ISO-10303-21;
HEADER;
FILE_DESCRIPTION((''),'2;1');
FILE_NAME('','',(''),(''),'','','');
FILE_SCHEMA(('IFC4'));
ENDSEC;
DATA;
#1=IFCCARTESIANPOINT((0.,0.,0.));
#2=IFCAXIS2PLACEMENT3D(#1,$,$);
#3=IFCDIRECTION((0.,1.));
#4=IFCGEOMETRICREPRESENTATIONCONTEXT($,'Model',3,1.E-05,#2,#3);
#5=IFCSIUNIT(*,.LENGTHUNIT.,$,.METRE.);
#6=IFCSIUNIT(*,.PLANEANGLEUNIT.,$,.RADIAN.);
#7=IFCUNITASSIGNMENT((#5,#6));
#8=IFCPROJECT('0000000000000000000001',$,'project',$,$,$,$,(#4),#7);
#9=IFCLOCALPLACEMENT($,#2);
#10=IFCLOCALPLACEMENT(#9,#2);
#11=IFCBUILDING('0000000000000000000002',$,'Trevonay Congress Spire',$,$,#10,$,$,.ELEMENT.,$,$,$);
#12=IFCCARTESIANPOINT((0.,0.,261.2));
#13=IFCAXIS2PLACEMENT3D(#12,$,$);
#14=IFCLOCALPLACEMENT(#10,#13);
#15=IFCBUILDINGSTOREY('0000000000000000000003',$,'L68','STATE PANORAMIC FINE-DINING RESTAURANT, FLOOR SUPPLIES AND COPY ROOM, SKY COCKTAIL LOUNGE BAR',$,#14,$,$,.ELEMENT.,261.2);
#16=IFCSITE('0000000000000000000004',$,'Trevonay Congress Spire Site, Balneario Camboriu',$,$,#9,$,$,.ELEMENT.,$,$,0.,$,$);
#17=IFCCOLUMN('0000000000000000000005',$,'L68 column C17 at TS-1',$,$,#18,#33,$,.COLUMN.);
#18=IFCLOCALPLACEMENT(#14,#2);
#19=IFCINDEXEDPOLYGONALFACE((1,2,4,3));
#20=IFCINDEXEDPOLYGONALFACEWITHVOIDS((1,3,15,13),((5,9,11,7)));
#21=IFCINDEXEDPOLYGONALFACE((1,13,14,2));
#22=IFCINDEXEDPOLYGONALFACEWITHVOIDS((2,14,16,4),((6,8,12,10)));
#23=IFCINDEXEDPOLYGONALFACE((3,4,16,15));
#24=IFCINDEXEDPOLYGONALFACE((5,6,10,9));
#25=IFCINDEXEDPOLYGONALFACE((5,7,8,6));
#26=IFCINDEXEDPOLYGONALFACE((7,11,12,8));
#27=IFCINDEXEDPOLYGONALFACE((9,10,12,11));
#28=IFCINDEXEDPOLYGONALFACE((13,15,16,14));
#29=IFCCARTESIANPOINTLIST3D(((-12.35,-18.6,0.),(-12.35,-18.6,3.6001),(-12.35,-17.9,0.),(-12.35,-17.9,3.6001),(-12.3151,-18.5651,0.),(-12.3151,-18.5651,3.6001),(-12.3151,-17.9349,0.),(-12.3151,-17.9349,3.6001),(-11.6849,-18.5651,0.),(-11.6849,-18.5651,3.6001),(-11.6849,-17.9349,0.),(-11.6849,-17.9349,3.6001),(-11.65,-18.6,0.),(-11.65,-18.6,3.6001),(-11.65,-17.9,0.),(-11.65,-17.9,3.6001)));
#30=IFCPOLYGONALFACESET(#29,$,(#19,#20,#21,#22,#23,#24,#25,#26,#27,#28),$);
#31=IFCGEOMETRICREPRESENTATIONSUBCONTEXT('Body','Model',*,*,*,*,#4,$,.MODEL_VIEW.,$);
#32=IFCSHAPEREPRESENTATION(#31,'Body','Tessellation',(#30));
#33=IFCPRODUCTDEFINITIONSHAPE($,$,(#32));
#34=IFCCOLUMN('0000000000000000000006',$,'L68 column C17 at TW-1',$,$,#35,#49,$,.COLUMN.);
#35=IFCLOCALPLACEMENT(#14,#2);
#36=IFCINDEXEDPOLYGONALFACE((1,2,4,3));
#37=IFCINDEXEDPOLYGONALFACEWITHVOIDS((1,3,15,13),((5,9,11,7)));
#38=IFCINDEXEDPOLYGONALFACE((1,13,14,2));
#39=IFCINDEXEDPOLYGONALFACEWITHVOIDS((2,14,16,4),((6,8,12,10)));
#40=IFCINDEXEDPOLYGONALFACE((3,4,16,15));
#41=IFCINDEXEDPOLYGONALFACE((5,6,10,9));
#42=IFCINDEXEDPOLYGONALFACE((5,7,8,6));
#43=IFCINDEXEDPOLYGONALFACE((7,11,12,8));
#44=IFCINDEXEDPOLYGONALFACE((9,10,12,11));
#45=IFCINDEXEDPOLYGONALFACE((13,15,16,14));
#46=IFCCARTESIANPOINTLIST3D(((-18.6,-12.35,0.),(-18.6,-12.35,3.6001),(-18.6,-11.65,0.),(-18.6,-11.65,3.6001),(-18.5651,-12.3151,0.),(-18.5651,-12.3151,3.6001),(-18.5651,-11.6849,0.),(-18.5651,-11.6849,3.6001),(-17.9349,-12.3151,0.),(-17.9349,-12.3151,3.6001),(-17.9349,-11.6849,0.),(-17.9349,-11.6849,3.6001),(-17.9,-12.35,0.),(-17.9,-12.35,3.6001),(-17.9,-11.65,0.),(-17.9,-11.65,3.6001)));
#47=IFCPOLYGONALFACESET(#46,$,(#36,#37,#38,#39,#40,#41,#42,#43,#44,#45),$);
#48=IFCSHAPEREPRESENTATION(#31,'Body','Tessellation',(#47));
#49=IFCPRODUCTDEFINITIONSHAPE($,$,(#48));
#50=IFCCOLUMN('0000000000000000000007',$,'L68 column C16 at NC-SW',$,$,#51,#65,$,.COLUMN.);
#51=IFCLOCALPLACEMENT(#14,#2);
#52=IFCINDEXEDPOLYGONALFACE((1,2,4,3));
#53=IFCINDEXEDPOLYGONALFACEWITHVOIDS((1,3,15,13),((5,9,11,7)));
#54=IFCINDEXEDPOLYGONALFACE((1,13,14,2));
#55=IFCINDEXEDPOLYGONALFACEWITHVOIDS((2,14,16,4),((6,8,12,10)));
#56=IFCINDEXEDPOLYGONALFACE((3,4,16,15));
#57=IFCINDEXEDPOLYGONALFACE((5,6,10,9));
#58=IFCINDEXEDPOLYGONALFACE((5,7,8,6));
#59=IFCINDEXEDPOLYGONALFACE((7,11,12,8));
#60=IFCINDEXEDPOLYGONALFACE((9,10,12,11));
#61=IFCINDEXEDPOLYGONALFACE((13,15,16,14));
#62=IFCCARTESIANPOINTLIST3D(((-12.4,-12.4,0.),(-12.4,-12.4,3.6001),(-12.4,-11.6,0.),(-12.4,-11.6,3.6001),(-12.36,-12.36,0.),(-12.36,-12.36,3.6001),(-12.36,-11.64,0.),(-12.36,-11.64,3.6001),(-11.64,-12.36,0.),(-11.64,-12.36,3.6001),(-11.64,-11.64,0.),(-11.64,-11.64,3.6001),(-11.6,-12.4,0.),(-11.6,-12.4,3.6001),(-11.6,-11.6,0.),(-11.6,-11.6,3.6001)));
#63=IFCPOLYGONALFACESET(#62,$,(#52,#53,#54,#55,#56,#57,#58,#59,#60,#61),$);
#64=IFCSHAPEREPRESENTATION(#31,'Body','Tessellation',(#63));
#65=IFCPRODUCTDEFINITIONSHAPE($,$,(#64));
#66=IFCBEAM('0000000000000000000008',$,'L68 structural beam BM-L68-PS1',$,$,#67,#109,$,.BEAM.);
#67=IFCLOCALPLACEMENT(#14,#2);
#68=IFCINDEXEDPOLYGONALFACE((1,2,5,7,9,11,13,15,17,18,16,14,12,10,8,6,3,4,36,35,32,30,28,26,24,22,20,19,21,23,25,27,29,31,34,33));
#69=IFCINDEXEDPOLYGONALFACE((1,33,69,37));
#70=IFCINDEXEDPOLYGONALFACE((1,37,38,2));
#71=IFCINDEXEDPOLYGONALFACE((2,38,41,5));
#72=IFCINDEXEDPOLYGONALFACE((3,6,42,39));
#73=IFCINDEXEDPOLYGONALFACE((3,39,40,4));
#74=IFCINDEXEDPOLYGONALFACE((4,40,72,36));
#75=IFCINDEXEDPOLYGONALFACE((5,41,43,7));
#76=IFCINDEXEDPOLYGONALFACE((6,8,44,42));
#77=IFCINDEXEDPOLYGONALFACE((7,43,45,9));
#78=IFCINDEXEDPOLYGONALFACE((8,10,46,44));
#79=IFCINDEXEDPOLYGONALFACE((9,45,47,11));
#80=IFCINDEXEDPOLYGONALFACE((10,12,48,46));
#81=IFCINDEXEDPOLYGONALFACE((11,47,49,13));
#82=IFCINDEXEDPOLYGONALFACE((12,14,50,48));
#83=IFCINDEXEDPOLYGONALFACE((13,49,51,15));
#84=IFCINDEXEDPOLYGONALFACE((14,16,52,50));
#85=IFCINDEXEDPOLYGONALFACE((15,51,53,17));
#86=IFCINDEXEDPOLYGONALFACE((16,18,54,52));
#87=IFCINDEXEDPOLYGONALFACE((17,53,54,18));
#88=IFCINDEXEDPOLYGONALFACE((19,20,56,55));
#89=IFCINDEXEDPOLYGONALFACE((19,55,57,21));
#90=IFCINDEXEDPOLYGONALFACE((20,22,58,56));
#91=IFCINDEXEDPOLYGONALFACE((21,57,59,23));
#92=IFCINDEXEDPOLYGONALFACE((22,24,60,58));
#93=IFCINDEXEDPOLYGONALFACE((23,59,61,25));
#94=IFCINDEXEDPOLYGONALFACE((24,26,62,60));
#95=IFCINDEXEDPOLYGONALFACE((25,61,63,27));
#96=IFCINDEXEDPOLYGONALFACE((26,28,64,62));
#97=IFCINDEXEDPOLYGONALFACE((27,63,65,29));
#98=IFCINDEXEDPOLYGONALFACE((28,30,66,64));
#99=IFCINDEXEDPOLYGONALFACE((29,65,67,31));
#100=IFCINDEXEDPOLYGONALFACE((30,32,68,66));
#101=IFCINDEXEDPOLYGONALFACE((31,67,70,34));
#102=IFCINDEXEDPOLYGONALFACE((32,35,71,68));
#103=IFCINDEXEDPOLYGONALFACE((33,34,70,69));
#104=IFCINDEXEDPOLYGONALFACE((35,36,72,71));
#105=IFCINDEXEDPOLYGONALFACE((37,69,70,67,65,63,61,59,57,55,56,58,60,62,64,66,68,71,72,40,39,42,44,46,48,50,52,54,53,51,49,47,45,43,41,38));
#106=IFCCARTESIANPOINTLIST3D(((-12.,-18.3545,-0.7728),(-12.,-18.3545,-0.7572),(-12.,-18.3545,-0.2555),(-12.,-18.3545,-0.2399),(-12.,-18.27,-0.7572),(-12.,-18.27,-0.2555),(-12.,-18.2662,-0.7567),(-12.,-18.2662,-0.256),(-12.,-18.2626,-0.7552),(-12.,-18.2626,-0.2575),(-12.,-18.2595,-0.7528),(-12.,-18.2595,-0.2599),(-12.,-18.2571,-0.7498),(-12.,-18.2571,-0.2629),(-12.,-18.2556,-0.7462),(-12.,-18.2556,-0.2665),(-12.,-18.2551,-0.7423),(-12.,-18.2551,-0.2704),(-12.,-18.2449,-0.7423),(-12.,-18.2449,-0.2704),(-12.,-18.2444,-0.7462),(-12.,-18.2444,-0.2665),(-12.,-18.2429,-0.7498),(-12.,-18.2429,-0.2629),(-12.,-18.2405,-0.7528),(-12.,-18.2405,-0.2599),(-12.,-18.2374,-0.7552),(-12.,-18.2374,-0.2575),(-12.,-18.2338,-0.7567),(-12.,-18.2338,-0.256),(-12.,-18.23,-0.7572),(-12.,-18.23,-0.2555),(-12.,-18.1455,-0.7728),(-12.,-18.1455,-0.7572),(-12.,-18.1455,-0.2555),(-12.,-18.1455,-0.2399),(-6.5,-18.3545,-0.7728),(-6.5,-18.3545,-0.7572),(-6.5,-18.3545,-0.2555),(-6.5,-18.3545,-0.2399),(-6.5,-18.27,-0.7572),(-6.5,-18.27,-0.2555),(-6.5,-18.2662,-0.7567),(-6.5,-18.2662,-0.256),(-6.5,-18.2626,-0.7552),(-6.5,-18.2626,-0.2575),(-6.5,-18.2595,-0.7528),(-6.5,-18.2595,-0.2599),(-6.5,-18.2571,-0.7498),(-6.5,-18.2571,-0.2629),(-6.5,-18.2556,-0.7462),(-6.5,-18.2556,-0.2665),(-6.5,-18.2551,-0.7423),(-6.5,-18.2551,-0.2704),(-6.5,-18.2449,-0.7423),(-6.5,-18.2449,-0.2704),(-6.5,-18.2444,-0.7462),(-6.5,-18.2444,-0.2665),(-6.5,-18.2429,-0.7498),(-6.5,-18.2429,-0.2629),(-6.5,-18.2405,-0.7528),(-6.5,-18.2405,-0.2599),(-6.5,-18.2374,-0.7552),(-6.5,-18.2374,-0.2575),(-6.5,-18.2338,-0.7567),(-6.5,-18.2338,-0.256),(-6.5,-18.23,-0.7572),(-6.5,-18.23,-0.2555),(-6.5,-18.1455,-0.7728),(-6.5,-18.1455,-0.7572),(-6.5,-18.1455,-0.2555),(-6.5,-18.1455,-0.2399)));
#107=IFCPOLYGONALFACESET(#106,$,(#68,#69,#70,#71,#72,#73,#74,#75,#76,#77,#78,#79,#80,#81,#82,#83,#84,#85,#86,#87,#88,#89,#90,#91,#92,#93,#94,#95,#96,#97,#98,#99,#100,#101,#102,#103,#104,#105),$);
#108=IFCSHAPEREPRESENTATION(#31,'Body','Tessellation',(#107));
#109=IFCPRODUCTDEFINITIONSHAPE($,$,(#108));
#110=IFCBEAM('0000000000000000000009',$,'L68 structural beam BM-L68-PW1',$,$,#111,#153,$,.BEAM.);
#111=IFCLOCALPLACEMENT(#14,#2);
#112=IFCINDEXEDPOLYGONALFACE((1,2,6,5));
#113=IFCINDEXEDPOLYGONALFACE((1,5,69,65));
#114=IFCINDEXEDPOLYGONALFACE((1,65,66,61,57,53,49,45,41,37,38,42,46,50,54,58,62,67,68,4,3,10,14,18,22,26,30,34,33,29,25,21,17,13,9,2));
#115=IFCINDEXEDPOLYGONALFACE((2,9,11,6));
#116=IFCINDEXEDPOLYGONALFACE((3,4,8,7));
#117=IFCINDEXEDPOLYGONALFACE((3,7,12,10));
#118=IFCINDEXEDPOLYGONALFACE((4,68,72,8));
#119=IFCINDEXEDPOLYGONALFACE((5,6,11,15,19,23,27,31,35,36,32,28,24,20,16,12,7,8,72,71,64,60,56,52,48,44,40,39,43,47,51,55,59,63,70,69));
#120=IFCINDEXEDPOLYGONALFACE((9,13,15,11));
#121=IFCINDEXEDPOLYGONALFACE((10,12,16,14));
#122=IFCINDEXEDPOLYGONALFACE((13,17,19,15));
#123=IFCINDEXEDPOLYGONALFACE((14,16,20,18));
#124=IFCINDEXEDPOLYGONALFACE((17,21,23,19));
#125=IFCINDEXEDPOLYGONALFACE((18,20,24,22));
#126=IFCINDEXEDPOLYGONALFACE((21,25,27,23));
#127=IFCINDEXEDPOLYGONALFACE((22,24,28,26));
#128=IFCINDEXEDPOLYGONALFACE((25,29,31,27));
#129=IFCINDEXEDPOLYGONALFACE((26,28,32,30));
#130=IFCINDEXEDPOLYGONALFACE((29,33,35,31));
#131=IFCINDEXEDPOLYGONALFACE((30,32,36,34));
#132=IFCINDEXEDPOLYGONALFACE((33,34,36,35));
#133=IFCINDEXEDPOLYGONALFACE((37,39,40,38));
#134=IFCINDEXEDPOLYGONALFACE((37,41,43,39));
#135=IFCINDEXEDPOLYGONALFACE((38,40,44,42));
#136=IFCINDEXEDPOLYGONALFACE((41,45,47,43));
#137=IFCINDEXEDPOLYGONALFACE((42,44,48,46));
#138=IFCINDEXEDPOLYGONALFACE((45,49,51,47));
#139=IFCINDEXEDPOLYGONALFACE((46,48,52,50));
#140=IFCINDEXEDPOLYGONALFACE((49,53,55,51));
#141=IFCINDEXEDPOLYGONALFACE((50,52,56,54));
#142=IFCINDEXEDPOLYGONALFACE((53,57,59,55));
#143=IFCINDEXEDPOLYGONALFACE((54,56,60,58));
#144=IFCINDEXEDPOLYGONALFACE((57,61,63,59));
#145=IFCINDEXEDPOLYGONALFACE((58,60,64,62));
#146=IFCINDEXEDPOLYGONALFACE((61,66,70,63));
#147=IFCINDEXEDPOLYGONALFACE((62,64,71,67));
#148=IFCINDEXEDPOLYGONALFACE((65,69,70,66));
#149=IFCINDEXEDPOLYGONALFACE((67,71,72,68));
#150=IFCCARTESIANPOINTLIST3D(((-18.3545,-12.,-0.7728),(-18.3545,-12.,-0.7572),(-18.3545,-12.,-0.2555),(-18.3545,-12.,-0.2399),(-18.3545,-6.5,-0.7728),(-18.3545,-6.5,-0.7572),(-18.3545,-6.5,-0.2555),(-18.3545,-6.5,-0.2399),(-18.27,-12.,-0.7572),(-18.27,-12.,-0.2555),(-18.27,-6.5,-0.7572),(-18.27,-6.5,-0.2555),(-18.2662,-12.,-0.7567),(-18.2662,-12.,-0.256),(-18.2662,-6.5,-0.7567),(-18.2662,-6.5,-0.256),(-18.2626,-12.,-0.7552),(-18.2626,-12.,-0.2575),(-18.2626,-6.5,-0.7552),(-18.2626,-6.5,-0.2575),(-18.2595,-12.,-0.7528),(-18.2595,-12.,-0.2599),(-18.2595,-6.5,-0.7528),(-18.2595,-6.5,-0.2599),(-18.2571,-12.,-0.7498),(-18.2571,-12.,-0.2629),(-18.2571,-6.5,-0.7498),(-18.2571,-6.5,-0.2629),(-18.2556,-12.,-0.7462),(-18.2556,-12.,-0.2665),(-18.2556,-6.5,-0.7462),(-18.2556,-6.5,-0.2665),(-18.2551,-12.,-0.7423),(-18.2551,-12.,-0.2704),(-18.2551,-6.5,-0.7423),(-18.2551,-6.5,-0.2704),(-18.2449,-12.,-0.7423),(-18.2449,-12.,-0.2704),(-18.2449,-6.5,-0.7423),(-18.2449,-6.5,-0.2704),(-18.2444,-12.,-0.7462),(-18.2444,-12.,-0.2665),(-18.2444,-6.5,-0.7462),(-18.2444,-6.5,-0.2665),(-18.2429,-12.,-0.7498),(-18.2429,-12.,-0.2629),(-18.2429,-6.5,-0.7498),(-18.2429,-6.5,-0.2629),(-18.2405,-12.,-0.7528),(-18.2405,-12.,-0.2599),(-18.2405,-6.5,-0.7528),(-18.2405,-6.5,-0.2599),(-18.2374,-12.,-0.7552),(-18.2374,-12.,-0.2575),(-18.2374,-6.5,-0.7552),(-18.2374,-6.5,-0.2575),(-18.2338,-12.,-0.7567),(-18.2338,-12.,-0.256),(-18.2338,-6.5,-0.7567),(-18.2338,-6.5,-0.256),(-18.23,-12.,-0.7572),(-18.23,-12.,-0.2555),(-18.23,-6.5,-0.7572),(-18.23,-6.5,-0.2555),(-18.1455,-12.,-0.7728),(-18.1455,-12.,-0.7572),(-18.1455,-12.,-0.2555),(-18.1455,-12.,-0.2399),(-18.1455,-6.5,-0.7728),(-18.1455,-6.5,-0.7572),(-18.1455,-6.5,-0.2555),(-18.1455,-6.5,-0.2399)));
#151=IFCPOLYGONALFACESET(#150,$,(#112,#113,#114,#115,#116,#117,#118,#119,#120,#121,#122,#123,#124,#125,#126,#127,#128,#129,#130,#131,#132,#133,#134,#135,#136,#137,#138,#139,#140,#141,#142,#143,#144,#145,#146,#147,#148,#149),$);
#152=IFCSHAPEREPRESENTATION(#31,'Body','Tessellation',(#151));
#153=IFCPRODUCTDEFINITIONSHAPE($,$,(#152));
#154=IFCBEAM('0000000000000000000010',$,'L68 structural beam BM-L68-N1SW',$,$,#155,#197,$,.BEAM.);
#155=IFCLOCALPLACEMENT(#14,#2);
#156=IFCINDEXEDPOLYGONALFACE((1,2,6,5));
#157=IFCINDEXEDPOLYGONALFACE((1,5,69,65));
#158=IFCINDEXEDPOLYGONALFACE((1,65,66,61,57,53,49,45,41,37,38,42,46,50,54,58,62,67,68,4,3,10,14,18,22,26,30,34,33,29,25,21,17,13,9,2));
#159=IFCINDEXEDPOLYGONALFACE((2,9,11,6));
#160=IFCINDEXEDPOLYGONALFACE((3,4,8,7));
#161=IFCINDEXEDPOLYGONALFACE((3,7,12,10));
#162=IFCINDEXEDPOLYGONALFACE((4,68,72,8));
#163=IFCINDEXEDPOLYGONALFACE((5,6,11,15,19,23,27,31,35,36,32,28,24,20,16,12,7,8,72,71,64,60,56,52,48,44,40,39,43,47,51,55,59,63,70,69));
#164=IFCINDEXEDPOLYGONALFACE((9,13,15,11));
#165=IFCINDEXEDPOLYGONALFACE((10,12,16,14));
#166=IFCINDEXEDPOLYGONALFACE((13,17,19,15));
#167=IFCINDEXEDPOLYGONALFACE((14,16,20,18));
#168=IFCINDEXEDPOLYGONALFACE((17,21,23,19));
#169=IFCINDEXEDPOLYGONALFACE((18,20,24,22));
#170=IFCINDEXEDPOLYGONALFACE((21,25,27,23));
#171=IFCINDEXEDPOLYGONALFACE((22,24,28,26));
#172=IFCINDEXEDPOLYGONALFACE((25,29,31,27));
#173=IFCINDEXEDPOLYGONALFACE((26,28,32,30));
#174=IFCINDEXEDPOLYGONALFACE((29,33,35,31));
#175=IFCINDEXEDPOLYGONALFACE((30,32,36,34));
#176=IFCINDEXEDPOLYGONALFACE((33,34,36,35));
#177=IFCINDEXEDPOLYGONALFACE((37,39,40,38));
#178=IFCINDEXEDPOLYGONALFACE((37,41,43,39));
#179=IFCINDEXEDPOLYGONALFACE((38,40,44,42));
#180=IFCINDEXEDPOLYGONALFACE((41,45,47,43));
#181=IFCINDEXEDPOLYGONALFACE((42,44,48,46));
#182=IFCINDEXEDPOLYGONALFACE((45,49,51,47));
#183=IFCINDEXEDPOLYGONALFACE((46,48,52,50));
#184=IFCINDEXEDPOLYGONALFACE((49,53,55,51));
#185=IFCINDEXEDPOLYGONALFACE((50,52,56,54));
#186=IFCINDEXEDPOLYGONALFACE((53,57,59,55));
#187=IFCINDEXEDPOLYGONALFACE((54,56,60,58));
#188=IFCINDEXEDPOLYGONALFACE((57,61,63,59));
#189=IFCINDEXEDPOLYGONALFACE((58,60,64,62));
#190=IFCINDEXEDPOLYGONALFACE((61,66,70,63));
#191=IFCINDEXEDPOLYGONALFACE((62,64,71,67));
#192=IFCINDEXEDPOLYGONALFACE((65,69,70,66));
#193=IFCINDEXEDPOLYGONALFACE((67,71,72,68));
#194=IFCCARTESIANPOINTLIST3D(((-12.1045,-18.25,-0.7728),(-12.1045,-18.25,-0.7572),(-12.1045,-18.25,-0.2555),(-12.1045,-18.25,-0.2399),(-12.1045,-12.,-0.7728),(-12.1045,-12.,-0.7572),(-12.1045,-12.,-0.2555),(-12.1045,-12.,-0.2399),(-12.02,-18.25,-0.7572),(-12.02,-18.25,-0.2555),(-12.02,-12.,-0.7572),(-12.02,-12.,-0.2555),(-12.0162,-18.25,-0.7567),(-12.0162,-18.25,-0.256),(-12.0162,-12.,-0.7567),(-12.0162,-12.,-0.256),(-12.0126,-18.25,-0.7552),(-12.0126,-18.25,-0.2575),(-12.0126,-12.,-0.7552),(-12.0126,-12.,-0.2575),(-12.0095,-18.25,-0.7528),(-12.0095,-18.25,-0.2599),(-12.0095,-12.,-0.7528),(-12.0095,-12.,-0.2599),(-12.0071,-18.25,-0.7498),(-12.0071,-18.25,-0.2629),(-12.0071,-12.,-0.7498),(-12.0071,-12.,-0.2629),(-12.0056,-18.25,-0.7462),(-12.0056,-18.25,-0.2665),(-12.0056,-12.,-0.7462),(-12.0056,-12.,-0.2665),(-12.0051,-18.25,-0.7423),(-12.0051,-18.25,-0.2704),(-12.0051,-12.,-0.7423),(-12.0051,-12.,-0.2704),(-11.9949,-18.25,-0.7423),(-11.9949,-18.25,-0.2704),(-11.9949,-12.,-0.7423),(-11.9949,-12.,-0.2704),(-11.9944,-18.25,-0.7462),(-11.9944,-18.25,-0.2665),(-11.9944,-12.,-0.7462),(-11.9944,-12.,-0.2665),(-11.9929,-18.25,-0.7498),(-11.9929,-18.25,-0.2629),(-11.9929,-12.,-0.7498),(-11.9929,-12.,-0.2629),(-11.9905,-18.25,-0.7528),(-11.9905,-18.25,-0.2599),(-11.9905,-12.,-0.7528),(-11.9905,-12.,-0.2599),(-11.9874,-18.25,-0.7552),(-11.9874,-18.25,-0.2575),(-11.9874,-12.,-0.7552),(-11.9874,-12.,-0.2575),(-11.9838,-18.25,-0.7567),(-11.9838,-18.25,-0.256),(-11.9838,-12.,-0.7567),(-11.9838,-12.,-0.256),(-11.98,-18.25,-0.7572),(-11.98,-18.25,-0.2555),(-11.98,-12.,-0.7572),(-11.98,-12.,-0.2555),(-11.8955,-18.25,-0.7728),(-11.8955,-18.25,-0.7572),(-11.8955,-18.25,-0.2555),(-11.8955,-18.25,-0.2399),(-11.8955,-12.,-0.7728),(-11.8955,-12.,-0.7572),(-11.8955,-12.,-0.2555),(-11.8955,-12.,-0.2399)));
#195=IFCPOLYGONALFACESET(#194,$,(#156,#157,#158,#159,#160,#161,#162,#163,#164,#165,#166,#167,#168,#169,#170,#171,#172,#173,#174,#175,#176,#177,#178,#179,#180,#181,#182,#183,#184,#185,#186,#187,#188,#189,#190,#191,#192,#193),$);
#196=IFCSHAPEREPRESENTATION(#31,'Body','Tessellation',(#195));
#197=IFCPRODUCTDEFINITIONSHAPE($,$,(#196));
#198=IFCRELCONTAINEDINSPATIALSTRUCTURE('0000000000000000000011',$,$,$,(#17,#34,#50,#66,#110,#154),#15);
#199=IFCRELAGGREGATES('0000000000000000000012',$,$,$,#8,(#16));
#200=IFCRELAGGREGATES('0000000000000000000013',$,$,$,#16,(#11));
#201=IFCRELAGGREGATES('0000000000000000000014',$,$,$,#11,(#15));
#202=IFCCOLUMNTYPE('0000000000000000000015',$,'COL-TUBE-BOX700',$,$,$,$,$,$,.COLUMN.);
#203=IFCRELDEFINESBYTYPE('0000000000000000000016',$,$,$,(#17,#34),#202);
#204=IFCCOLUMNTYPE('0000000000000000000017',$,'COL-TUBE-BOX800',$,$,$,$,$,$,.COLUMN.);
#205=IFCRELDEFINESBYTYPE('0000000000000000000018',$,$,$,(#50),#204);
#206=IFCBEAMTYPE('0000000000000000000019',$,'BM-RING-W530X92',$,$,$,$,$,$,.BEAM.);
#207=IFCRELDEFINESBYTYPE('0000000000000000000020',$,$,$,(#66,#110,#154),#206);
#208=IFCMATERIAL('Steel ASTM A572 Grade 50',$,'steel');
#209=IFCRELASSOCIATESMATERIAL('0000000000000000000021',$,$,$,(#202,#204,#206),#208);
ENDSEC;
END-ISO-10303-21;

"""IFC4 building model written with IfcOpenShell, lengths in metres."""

from ifc_helpers import new_model, si_unit, direction, frame, origin, origin_2d, place, context, subcontext, project, spatial, hollow_rectangle, i_section, extrude, material, material_profile, profile_set, type_object, element, save


model = new_model("IFC4")

# Units and contexts
model_context = context("Model", 3, precision=1e-05, world=origin(), true_north=direction((0.0, 1.0)))
body_context = subcontext(model_context, "Body", "Model", "MODEL_VIEW")
ifc_project = project(units=[si_unit("LENGTHUNIT", "METRE"), si_unit("PLANEANGLEUNIT", "RADIAN")], contexts=[model_context])

# Site, building, storey
site_placement = place(None, origin())
site = spatial("IfcSite", under=ifc_project, at=site_placement, Name="Trevonay Congress Spire Site, Balneario Camboriu", CompositionType="ELEMENT", RefElevation=0.0)
building_placement = place(site_placement, origin())
building = spatial("IfcBuilding", under=site, at=building_placement, Name="Trevonay Congress Spire", CompositionType="ELEMENT")
storey_placement = place(building_placement, frame((0.0, 0.0, 261.2)))
storey = spatial("IfcBuildingStorey", under=building, at=storey_placement, Name="L68", Description="STATE PANORAMIC FINE-DINING RESTAURANT, FLOOR SUPPLIES AND COPY ROOM, SKY COCKTAIL LOUNGE BAR", CompositionType="ELEMENT", Elevation=261.2)

# Columns
ifc_material_1 = material(Name="Steel ASTM A572 Grade 50", Category="steel")
ifc_material_profile_1 = material_profile(ifc_material_1, hollow_rectangle(XDim=0.7, YDim=0.7, WallThickness=0.0349, at=origin_2d()), Name="BOX 700x700x35")
ifc_profile_set_1 = profile_set([ifc_material_profile_1], Name="Steel ASTM A572 Grade 50")
column_type_1 = type_object("IfcColumnType", Name="COL-TUBE-BOX700", PredefinedType="COLUMN", material=ifc_profile_set_1)
for number, where, z_axis, x_axis, name in (
    (1, (-12.0, -18.25, 0.0), (0.0, 0.0, 1.0), (1.0, 0.0, 0.0), "L68 column C17 at TS-1"),
    (2, (-18.25, -12.0, 0.0), (0.0, 0.0, 1.0), (1.0, 0.0, 0.0), "L68 column C17 at TW-1"),
):
    element("IfcColumn", number, at=place(storey_placement, frame(where, z_axis=z_axis, x_axis=x_axis)), inside=storey, type_object=column_type_1, Name=name, PredefinedType="COLUMN", context=body_context, shape_type="SweptSolid", body=[
        extrude(hollow_rectangle(XDim=0.7, YDim=0.7, WallThickness=0.0349, at=origin_2d()), origin(), (0.0, 0.0, 1.0), 3.6001),
    ])
ifc_material_profile_2 = material_profile(ifc_material_1, hollow_rectangle(XDim=0.8, YDim=0.8, WallThickness=0.04, at=origin_2d()), Name="BOX 800x800x40")
ifc_profile_set_2 = profile_set([ifc_material_profile_2], Name="Steel ASTM A572 Grade 50")
column_type_2 = type_object("IfcColumnType", Name="COL-TUBE-BOX800", PredefinedType="COLUMN", material=ifc_profile_set_2)
column_placement = place(storey_placement, frame((-12.0, -12.0, 0.0), z_axis=(0.0, 0.0, 1.0), x_axis=(1.0, 0.0, 0.0)))
element("IfcColumn", 3, at=column_placement, inside=storey, type_object=column_type_2, Name="L68 column C16 at NC-SW", PredefinedType="COLUMN", context=body_context, shape_type="SweptSolid", body=[
    extrude(hollow_rectangle(XDim=0.8, YDim=0.8, WallThickness=0.04, at=origin_2d()), origin(), (0.0, 0.0, 1.0), 3.6001),
])

# Beams
ifc_material_profile_3 = material_profile(ifc_material_1, i_section(OverallWidth=0.209, OverallDepth=0.533, WebThickness=0.0103, FlangeThickness=0.0156, FilletRadius=0.0149, at=origin_2d()), Name="W530x92")
ifc_profile_set_3 = profile_set([ifc_material_profile_3], Name="Steel ASTM A572 Grade 50")
beam_type_1 = type_object("IfcBeamType", Name="BM-RING-W530X92", PredefinedType="BEAM", material=ifc_profile_set_3)
for number, where, z_axis, x_axis, name in (
    (4, (-12.0, -18.25, -0.5063), (1.0, 0.0, 0.0), (0.0, 1.0, 0.0), "L68 structural beam BM-L68-PS1"),
    (5, (-18.25, -12.0, -0.5063), (0.0, 1.0, 0.0), (-1.0, 0.0, 0.0), "L68 structural beam BM-L68-PW1"),
):
    element("IfcBeam", number, at=place(storey_placement, frame(where, z_axis=z_axis, x_axis=x_axis)), inside=storey, type_object=beam_type_1, Name=name, PredefinedType="BEAM", context=body_context, shape_type="SweptSolid", body=[
        extrude(i_section(OverallWidth=0.209, OverallDepth=0.533, WebThickness=0.0103, FlangeThickness=0.0156, FilletRadius=0.0149, at=origin_2d()), origin(), (0.0, 0.0, 1.0), 5.5),
    ])
for number, where, z_axis, x_axis, name in (
    (6, (-12.0, -18.25, -0.5063), (0.0, 1.0, 0.0), (-1.0, 0.0, 0.0), "L68 structural beam BM-L68-N1SW"),
):
    element("IfcBeam", number, at=place(storey_placement, frame(where, z_axis=z_axis, x_axis=x_axis)), inside=storey, type_object=beam_type_1, Name=name, PredefinedType="BEAM", context=body_context, shape_type="SweptSolid", body=[
        extrude(i_section(OverallWidth=0.209, OverallDepth=0.533, WebThickness=0.0103, FlangeThickness=0.0156, FilletRadius=0.0149, at=origin_2d()), origin(), (0.0, 0.0, 1.0), 6.25),
    ])

save(model, "model.ifc")
